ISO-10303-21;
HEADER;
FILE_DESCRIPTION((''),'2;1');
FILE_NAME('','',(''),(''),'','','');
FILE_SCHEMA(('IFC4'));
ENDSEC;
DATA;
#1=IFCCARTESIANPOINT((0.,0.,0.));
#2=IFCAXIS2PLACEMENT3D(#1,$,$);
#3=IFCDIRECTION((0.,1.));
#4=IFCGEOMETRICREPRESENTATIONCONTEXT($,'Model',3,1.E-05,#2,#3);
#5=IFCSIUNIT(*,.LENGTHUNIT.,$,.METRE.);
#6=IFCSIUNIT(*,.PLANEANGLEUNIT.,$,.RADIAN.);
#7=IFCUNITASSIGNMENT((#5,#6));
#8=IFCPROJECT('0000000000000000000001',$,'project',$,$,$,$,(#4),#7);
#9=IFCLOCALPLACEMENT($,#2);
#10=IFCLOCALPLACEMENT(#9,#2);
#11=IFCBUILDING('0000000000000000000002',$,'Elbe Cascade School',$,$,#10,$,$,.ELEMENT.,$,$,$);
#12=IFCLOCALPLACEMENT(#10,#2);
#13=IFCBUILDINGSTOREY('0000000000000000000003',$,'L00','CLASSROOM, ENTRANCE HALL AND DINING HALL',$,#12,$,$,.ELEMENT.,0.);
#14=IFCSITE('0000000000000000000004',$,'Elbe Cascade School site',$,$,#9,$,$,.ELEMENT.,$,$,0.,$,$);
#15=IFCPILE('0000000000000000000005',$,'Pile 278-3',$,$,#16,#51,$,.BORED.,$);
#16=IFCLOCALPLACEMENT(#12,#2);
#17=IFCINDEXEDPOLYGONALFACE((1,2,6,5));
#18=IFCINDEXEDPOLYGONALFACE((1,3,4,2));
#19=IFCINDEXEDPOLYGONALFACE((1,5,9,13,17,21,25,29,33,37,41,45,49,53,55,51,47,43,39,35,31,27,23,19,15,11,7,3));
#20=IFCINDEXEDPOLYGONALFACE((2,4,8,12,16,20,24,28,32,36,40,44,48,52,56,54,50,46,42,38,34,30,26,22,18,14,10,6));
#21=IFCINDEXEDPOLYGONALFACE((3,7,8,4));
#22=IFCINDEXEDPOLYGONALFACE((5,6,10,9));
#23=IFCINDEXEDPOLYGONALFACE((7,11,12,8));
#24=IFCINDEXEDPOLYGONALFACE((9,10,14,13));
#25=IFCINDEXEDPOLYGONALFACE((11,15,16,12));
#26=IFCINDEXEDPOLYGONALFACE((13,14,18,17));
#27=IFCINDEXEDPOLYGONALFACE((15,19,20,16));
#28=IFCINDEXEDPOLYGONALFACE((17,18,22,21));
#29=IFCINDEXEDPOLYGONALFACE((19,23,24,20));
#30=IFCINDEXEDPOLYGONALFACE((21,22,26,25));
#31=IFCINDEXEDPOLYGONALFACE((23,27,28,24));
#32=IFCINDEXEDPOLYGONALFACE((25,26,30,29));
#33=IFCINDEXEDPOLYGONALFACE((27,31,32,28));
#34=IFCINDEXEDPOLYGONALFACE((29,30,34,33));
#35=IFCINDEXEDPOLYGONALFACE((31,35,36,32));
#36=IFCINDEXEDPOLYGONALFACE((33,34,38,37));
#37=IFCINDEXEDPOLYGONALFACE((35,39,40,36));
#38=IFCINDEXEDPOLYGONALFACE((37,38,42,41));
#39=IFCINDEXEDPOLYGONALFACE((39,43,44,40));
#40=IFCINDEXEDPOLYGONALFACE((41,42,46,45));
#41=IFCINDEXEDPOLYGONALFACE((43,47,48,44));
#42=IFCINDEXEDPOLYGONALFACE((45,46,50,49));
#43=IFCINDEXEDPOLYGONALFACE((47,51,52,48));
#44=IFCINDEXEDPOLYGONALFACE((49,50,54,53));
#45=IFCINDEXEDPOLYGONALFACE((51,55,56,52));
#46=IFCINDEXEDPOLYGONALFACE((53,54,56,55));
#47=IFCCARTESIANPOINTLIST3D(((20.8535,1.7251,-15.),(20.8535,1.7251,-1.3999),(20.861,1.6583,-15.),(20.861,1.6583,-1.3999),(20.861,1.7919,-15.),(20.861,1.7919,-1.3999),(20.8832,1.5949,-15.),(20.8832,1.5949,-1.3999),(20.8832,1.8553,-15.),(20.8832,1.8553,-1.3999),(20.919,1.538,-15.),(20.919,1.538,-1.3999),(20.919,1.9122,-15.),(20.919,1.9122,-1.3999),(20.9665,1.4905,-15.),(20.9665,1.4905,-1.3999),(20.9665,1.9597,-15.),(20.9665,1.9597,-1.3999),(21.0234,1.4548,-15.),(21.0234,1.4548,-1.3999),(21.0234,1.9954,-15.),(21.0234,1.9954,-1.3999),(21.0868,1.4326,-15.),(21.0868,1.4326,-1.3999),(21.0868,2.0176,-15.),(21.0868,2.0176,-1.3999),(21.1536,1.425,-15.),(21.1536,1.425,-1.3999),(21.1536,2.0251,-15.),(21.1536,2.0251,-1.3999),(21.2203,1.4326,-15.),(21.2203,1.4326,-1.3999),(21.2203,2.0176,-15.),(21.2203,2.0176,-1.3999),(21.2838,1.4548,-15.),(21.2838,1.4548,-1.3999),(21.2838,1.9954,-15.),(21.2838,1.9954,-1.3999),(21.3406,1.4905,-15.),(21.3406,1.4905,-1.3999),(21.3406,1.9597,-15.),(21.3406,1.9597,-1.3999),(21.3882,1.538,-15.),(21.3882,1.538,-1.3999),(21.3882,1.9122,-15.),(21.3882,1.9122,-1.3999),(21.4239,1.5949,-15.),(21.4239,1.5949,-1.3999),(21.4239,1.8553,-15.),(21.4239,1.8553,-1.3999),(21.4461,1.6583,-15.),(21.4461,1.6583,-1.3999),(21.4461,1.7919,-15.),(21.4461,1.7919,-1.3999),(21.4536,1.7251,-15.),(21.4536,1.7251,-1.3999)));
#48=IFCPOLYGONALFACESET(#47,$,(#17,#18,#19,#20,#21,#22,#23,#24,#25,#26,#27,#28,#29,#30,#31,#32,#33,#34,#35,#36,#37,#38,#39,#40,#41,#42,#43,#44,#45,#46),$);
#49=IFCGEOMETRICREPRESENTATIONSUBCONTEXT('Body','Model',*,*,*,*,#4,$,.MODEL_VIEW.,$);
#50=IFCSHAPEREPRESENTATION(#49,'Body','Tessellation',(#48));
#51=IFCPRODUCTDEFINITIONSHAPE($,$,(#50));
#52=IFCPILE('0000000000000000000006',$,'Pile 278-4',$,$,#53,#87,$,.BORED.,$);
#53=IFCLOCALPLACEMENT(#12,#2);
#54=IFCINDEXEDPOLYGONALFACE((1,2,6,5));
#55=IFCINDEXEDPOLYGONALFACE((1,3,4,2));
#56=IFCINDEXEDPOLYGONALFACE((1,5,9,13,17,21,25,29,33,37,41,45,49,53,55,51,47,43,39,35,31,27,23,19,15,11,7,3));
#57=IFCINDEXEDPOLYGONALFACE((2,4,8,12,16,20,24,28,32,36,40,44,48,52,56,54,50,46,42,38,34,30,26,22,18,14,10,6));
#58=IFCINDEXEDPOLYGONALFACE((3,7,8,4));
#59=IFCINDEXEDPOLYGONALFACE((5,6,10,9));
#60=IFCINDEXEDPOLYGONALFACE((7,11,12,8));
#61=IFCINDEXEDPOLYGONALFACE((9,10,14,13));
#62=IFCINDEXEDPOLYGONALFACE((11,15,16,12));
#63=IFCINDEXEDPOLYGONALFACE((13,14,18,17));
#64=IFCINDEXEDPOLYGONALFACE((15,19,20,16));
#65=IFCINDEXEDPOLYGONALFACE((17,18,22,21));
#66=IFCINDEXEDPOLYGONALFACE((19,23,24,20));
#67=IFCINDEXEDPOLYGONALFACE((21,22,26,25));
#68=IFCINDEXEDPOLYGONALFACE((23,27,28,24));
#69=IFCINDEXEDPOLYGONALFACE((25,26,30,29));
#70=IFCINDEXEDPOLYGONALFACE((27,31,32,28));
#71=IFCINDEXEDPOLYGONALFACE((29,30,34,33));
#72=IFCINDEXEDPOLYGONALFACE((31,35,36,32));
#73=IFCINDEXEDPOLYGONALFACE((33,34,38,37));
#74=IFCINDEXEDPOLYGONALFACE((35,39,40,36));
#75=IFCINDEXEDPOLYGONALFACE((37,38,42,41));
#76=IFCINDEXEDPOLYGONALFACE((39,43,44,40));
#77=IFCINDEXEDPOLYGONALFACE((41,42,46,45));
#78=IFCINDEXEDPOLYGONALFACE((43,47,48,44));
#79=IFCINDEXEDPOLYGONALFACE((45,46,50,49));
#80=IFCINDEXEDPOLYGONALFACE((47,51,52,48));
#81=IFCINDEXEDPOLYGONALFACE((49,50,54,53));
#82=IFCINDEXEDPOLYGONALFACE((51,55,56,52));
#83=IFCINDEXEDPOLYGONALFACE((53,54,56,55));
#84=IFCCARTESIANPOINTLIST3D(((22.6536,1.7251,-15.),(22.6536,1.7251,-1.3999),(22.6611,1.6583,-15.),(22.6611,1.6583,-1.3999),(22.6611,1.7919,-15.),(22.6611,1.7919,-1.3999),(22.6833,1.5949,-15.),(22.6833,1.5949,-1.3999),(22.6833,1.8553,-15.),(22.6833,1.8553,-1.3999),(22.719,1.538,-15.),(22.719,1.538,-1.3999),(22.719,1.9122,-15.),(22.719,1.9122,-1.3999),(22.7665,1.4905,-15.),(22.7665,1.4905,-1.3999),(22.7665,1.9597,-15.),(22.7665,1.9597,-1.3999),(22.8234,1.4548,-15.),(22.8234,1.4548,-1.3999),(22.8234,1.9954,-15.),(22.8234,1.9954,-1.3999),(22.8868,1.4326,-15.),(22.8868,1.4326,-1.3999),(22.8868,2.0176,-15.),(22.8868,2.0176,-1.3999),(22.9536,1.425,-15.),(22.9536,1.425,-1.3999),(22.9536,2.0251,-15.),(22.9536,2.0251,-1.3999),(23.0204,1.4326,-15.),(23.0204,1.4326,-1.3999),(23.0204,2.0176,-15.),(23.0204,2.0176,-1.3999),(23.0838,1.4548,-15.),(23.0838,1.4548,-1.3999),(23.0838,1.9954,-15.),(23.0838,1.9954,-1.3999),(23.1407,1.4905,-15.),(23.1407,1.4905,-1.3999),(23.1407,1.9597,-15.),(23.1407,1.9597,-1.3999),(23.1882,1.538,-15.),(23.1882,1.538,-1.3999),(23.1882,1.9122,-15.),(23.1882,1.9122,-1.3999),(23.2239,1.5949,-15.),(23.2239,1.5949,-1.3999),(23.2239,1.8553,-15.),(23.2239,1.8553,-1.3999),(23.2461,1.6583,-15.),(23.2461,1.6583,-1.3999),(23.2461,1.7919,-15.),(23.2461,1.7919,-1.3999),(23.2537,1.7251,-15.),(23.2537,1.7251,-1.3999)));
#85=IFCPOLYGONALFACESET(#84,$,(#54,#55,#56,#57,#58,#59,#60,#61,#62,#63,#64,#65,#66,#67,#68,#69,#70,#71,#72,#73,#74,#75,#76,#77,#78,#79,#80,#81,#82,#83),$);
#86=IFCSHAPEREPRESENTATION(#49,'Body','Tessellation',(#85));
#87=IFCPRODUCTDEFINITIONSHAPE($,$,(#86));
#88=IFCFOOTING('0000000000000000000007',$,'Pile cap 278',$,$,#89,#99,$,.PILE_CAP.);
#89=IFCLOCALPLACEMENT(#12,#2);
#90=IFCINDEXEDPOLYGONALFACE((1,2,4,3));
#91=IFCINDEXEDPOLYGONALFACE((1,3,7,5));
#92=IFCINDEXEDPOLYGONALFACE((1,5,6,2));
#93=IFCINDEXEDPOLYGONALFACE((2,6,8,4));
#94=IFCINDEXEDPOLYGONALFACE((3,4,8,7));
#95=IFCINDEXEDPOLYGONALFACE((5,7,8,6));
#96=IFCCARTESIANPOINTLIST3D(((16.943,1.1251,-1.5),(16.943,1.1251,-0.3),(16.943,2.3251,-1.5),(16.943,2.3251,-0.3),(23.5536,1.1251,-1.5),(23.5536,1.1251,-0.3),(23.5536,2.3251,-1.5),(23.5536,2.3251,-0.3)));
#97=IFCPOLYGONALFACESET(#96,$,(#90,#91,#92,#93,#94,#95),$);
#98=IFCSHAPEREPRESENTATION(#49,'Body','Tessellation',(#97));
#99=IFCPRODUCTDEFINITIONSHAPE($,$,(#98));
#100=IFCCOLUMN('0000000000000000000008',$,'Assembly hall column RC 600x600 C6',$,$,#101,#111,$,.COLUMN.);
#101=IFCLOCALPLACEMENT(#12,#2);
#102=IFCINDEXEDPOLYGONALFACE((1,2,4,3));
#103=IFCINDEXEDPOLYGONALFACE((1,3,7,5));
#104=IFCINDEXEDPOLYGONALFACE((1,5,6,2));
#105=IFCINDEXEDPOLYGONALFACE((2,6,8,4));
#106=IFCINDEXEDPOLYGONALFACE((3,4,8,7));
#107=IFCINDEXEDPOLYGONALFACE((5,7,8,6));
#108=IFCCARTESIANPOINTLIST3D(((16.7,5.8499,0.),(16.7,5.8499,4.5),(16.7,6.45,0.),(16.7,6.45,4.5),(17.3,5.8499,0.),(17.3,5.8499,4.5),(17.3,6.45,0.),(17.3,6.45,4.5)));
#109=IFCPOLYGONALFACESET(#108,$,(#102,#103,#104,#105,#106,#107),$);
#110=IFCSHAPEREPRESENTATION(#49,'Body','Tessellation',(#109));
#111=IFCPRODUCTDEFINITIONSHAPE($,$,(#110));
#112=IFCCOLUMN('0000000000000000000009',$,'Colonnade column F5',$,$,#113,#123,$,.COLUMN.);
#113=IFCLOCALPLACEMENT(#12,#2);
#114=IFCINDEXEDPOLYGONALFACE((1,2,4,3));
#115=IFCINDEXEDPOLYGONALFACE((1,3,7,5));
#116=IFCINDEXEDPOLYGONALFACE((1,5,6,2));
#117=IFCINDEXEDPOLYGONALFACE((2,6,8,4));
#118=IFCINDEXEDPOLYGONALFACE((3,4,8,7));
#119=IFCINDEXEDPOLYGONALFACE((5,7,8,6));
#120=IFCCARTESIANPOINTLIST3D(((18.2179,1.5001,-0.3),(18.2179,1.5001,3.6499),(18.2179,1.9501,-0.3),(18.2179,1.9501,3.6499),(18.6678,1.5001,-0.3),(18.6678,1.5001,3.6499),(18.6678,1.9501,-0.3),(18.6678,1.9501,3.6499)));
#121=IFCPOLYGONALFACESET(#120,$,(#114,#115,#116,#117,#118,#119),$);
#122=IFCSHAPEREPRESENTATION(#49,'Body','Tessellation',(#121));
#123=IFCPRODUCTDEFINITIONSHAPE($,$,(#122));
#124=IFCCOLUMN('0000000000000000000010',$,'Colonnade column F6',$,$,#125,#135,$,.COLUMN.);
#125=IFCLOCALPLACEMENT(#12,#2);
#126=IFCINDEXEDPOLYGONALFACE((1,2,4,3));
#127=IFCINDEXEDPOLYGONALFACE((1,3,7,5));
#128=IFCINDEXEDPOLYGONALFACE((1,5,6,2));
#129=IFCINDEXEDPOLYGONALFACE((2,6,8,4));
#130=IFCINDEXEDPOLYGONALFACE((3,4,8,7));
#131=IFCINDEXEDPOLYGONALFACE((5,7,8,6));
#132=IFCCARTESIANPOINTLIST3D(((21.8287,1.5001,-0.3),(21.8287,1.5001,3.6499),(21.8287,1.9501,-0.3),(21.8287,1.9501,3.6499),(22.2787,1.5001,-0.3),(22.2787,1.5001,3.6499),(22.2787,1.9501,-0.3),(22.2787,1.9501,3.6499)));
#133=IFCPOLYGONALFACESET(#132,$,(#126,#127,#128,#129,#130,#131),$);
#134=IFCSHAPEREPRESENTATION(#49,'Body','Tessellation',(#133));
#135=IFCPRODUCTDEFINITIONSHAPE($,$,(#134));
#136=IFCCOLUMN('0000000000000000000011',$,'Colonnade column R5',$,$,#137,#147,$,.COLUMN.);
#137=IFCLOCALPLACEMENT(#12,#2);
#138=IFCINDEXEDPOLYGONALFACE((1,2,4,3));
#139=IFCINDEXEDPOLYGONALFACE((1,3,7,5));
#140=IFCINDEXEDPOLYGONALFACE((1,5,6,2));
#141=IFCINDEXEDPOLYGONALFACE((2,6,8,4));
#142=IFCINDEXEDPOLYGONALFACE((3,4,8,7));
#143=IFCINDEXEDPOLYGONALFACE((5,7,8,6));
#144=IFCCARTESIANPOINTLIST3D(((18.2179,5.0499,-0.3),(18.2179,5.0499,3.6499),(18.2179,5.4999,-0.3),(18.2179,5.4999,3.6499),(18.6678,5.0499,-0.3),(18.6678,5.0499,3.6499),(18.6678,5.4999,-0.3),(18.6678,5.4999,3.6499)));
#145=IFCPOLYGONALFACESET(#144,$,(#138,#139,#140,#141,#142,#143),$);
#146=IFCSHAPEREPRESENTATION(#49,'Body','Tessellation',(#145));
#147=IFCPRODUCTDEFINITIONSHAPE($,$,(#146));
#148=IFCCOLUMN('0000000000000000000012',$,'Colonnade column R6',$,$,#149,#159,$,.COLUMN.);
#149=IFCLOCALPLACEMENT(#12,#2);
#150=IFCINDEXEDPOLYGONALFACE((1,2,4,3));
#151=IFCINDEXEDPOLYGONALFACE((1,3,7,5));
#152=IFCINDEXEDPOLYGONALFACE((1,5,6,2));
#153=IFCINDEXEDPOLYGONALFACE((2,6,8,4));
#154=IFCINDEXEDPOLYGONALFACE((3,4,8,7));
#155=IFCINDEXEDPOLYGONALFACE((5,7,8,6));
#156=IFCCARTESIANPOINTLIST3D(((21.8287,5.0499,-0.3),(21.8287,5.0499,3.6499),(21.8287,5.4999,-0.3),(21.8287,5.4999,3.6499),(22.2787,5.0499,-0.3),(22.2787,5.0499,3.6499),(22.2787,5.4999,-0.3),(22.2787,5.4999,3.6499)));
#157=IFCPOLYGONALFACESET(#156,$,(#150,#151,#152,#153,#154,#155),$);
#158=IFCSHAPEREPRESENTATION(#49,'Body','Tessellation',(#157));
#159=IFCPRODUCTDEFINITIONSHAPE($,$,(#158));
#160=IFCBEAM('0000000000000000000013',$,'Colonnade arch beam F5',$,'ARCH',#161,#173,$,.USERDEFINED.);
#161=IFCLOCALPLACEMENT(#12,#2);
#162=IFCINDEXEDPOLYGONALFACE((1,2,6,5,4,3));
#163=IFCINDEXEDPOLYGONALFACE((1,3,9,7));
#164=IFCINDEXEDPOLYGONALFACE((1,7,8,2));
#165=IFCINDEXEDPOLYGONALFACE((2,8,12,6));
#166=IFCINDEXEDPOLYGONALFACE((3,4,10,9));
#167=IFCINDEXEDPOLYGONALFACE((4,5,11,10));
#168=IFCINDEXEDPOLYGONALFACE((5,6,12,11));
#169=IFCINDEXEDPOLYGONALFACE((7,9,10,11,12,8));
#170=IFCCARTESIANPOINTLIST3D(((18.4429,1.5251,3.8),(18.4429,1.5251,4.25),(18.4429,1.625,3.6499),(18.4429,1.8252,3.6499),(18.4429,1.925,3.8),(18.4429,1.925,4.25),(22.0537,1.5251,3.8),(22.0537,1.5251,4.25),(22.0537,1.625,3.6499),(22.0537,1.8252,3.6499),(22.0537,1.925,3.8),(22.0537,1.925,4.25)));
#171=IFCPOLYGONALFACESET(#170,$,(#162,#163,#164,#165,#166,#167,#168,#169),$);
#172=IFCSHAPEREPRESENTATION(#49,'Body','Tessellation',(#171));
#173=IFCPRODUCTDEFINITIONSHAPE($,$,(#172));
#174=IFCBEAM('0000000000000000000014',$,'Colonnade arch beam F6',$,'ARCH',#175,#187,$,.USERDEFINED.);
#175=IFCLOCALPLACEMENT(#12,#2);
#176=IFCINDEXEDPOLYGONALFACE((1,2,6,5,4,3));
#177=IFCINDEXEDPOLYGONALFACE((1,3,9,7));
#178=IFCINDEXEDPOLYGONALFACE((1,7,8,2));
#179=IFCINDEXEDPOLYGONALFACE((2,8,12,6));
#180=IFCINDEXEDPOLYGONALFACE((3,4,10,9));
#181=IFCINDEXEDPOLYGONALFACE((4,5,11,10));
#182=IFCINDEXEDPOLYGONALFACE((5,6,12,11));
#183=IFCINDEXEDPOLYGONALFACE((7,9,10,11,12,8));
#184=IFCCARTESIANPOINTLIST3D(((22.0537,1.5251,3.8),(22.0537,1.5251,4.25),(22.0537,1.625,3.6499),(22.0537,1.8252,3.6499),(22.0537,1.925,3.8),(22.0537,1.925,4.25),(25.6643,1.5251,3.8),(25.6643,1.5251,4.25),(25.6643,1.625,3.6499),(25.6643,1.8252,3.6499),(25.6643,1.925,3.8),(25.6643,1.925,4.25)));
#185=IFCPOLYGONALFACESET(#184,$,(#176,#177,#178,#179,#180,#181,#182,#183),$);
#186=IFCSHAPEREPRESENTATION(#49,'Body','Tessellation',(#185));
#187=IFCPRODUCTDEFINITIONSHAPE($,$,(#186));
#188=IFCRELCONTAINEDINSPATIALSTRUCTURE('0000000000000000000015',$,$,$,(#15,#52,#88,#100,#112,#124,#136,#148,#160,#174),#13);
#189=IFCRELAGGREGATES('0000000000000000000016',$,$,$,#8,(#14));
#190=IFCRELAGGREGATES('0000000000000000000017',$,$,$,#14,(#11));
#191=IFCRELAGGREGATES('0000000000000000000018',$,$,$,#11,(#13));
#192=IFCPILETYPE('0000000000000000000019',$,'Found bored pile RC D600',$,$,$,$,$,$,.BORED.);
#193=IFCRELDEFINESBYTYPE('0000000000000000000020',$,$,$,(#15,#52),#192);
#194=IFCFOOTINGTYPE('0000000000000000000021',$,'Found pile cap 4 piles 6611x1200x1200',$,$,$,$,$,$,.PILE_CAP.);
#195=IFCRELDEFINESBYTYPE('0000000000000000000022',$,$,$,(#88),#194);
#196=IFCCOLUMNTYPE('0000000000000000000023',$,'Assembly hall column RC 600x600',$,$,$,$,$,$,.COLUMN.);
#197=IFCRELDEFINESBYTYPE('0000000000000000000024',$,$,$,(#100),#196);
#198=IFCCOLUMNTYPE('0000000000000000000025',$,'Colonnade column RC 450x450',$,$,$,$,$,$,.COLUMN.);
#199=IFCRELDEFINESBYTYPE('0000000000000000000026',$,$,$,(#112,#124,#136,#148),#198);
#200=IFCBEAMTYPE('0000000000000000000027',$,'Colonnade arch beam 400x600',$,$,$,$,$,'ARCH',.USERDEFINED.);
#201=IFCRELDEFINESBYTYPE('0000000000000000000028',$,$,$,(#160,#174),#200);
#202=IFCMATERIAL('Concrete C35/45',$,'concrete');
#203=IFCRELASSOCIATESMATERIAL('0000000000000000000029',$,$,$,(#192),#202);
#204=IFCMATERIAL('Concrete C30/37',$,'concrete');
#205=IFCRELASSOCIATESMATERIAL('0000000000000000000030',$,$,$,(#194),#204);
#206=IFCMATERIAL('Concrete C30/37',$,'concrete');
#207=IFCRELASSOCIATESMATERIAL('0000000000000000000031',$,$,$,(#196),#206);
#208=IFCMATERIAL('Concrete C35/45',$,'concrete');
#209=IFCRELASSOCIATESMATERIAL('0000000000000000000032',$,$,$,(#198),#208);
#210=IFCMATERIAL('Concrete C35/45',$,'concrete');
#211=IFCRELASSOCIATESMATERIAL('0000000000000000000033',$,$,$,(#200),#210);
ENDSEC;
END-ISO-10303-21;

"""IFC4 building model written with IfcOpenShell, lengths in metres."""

from ifc_helpers import new_model, si_unit, direction, frame, origin, origin_2d, place, context, subcontext, project, spatial, polyline, rectangle, circle, outline, extrude, material, material_profile, profile_set, type_object, element, save


model = new_model("IFC4")

# Units and contexts
model_context = context("Model", 3, precision=1e-05, world=origin(), true_north=direction((0.0, 1.0)))
body_context = subcontext(model_context, "Body", "Model", "MODEL_VIEW")
ifc_project = project(units=[si_unit("LENGTHUNIT", "METRE"), si_unit("PLANEANGLEUNIT", "RADIAN")], contexts=[model_context])

# Site, building, storey
site_placement = place(None, origin())
site = spatial("IfcSite", under=ifc_project, at=site_placement, Name="Elbe Cascade School site", CompositionType="ELEMENT", RefElevation=0.0)
building_placement = place(site_placement, origin())
building = spatial("IfcBuilding", under=site, at=building_placement, Name="Elbe Cascade School", CompositionType="ELEMENT")
storey_placement = place(building_placement, origin())
storey = spatial("IfcBuildingStorey", under=building, at=storey_placement, Name="L00", Description="CLASSROOM, ENTRANCE HALL AND DINING HALL", CompositionType="ELEMENT", Elevation=0.0)

# Piles
ifc_material_1 = material(Name="Concrete C35/45", Category="concrete")
ifc_material_profile_1 = material_profile(ifc_material_1, circle(Radius=0.3, at=origin_2d()), Name="RC D600")
ifc_profile_set_1 = profile_set([ifc_material_profile_1], Name="Concrete C35/45")
pile_type = type_object("IfcPileType", Name="Found bored pile RC D600", PredefinedType="BORED", material=ifc_profile_set_1)
for number, where, z_axis, x_axis, name in (
    (1, (21.1536, 1.7251, -1.3999), (0.0, 0.0, -1.0), (1.0, 0.0, 0.0), "Pile 278-3"),
    (2, (22.9536, 1.7251, -1.3999), (0.0, 0.0, -1.0), (1.0, 0.0, 0.0), "Pile 278-4"),
):
    element("IfcPile", number, at=place(storey_placement, frame(where, z_axis=z_axis, x_axis=x_axis)), inside=storey, type_object=pile_type, Name=name, PredefinedType="BORED", context=body_context, shape_type="SweptSolid", body=[
        extrude(circle(Radius=0.3, at=origin_2d()), origin(), (0.0, 0.0, 1.0), 13.6001),
    ])

# Footing
ifc_material_2 = material(Name="Concrete C30/37", Category="concrete")
footing_type = type_object("IfcFootingType", Name="Found pile cap 4 piles 6611x1200x1200", PredefinedType="PILE_CAP", material=ifc_material_2)
footing_placement = place(storey_placement, frame((20.2483, 1.7251, -1.5), z_axis=(0.0, 0.0, 1.0), x_axis=(1.0, 0.0, 0.0)))
element("IfcFooting", 3, at=footing_placement, inside=storey, type_object=footing_type, Name="Pile cap 278", PredefinedType="PILE_CAP", context=body_context, shape_type="SweptSolid", body=[
    extrude(rectangle(XDim=6.6106, YDim=1.2, at=origin_2d()), origin(), (0.0, 0.0, 1.0), 1.2),
])

# Columns
ifc_material_3 = material(Name="Concrete C30/37", Category="concrete")
ifc_material_profile_2 = material_profile(ifc_material_3, rectangle(XDim=0.6001, YDim=0.6001, at=origin_2d()), Name="RC 600x600")
ifc_profile_set_2 = profile_set([ifc_material_profile_2], Name="Concrete C30/37")
column_type_1 = type_object("IfcColumnType", Name="Assembly hall column RC 600x600", PredefinedType="COLUMN", material=ifc_profile_set_2)
column_placement = place(storey_placement, frame((17.0, 6.1499, 0.0), z_axis=(0.0, 0.0, 1.0), x_axis=(1.0, 0.0, 0.0)))
element("IfcColumn", 4, at=column_placement, inside=storey, type_object=column_type_1, Name="Assembly hall column RC 600x600 C6", PredefinedType="COLUMN", context=body_context, shape_type="SweptSolid", body=[
    extrude(rectangle(XDim=0.6001, YDim=0.6001, at=origin_2d()), origin(), (0.0, 0.0, 1.0), 4.5),
])
ifc_material_4 = material(Name="Concrete C35/45", Category="concrete")
ifc_material_profile_3 = material_profile(ifc_material_4, rectangle(XDim=0.45, YDim=0.45, at=origin_2d()), Name="RC 450x450")
ifc_profile_set_3 = profile_set([ifc_material_profile_3], Name="Concrete C35/45")
column_type_2 = type_object("IfcColumnType", Name="Colonnade column RC 450x450", PredefinedType="COLUMN", material=ifc_profile_set_3)
for number, where, z_axis, x_axis, name in (
    (5, (18.4429, 1.7251, -0.3), (0.0, 0.0, 1.0), (1.0, 0.0, 0.0), "Colonnade column F5"),
    (6, (22.0537, 1.7251, -0.3), (0.0, 0.0, 1.0), (1.0, 0.0, 0.0), "Colonnade column F6"),
    (7, (18.4429, 5.2749, -0.3), (0.0, 0.0, 1.0), (1.0, 0.0, 0.0), "Colonnade column R5"),
    (8, (22.0537, 5.2749, -0.3), (0.0, 0.0, 1.0), (1.0, 0.0, 0.0), "Colonnade column R6"),
):
    element("IfcColumn", number, at=place(storey_placement, frame(where, z_axis=z_axis, x_axis=x_axis)), inside=storey, type_object=column_type_2, Name=name, PredefinedType="COLUMN", context=body_context, shape_type="SweptSolid", body=[
        extrude(rectangle(XDim=0.45, YDim=0.45, at=origin_2d()), origin(), (0.0, 0.0, 1.0), 3.95),
    ])

# Beams
ifc_material_5 = material(Name="Concrete C35/45", Category="concrete")
ifc_material_profile_4 = material_profile(ifc_material_5, outline(polyline([(-0.2, 0.3), (0.2, 0.3), (0.2, -0.1499), (0.1001, -0.3), (-0.1001, -0.3), (-0.2, -0.1499), (-0.2, 0.3)])), Name="RC arch 400x600")
ifc_profile_set_4 = profile_set([ifc_material_profile_4], Name="Concrete C35/45")
beam_type_1 = type_object("IfcBeamType", Name="Colonnade arch beam 400x600", ElementType="ARCH", PredefinedType="USERDEFINED", material=ifc_profile_set_4)
beam_1_placement = place(storey_placement, frame((18.4429, 1.7251, 3.95), z_axis=(1.0, 0.0, 0.0), x_axis=(0.0, 1.0, 0.0)))
element("IfcBeam", 9, at=beam_1_placement, inside=storey, type_object=beam_type_1, Name="Colonnade arch beam F5", ObjectType="ARCH", PredefinedType="USERDEFINED", context=body_context, shape_type="SweptSolid", body=[
    extrude(outline(polyline([(-0.2, 0.3), (0.2, 0.3), (0.2, -0.1499), (0.1001, -0.3), (-0.1001, -0.3), (-0.2, -0.1499), (-0.2, 0.3)])), origin(), (0.0, 0.0, 1.0), 3.6108),
])
beam_2_placement = place(storey_placement, frame((22.0537, 1.7251, 3.95), z_axis=(1.0, 0.0, 0.0), x_axis=(0.0, 1.0, 0.0)))
element("IfcBeam", 10, at=beam_2_placement, inside=storey, type_object=beam_type_1, Name="Colonnade arch beam F6", ObjectType="ARCH", PredefinedType="USERDEFINED", context=body_context, shape_type="SweptSolid", body=[
    extrude(outline(polyline([(-0.2, 0.3), (0.2, 0.3), (0.2, -0.1499), (0.1001, -0.3), (-0.1001, -0.3), (-0.2, -0.1499), (-0.2, 0.3)])), origin(), (0.0, 0.0, 1.0), 3.6106),
])

save(model, "model.ifc")
